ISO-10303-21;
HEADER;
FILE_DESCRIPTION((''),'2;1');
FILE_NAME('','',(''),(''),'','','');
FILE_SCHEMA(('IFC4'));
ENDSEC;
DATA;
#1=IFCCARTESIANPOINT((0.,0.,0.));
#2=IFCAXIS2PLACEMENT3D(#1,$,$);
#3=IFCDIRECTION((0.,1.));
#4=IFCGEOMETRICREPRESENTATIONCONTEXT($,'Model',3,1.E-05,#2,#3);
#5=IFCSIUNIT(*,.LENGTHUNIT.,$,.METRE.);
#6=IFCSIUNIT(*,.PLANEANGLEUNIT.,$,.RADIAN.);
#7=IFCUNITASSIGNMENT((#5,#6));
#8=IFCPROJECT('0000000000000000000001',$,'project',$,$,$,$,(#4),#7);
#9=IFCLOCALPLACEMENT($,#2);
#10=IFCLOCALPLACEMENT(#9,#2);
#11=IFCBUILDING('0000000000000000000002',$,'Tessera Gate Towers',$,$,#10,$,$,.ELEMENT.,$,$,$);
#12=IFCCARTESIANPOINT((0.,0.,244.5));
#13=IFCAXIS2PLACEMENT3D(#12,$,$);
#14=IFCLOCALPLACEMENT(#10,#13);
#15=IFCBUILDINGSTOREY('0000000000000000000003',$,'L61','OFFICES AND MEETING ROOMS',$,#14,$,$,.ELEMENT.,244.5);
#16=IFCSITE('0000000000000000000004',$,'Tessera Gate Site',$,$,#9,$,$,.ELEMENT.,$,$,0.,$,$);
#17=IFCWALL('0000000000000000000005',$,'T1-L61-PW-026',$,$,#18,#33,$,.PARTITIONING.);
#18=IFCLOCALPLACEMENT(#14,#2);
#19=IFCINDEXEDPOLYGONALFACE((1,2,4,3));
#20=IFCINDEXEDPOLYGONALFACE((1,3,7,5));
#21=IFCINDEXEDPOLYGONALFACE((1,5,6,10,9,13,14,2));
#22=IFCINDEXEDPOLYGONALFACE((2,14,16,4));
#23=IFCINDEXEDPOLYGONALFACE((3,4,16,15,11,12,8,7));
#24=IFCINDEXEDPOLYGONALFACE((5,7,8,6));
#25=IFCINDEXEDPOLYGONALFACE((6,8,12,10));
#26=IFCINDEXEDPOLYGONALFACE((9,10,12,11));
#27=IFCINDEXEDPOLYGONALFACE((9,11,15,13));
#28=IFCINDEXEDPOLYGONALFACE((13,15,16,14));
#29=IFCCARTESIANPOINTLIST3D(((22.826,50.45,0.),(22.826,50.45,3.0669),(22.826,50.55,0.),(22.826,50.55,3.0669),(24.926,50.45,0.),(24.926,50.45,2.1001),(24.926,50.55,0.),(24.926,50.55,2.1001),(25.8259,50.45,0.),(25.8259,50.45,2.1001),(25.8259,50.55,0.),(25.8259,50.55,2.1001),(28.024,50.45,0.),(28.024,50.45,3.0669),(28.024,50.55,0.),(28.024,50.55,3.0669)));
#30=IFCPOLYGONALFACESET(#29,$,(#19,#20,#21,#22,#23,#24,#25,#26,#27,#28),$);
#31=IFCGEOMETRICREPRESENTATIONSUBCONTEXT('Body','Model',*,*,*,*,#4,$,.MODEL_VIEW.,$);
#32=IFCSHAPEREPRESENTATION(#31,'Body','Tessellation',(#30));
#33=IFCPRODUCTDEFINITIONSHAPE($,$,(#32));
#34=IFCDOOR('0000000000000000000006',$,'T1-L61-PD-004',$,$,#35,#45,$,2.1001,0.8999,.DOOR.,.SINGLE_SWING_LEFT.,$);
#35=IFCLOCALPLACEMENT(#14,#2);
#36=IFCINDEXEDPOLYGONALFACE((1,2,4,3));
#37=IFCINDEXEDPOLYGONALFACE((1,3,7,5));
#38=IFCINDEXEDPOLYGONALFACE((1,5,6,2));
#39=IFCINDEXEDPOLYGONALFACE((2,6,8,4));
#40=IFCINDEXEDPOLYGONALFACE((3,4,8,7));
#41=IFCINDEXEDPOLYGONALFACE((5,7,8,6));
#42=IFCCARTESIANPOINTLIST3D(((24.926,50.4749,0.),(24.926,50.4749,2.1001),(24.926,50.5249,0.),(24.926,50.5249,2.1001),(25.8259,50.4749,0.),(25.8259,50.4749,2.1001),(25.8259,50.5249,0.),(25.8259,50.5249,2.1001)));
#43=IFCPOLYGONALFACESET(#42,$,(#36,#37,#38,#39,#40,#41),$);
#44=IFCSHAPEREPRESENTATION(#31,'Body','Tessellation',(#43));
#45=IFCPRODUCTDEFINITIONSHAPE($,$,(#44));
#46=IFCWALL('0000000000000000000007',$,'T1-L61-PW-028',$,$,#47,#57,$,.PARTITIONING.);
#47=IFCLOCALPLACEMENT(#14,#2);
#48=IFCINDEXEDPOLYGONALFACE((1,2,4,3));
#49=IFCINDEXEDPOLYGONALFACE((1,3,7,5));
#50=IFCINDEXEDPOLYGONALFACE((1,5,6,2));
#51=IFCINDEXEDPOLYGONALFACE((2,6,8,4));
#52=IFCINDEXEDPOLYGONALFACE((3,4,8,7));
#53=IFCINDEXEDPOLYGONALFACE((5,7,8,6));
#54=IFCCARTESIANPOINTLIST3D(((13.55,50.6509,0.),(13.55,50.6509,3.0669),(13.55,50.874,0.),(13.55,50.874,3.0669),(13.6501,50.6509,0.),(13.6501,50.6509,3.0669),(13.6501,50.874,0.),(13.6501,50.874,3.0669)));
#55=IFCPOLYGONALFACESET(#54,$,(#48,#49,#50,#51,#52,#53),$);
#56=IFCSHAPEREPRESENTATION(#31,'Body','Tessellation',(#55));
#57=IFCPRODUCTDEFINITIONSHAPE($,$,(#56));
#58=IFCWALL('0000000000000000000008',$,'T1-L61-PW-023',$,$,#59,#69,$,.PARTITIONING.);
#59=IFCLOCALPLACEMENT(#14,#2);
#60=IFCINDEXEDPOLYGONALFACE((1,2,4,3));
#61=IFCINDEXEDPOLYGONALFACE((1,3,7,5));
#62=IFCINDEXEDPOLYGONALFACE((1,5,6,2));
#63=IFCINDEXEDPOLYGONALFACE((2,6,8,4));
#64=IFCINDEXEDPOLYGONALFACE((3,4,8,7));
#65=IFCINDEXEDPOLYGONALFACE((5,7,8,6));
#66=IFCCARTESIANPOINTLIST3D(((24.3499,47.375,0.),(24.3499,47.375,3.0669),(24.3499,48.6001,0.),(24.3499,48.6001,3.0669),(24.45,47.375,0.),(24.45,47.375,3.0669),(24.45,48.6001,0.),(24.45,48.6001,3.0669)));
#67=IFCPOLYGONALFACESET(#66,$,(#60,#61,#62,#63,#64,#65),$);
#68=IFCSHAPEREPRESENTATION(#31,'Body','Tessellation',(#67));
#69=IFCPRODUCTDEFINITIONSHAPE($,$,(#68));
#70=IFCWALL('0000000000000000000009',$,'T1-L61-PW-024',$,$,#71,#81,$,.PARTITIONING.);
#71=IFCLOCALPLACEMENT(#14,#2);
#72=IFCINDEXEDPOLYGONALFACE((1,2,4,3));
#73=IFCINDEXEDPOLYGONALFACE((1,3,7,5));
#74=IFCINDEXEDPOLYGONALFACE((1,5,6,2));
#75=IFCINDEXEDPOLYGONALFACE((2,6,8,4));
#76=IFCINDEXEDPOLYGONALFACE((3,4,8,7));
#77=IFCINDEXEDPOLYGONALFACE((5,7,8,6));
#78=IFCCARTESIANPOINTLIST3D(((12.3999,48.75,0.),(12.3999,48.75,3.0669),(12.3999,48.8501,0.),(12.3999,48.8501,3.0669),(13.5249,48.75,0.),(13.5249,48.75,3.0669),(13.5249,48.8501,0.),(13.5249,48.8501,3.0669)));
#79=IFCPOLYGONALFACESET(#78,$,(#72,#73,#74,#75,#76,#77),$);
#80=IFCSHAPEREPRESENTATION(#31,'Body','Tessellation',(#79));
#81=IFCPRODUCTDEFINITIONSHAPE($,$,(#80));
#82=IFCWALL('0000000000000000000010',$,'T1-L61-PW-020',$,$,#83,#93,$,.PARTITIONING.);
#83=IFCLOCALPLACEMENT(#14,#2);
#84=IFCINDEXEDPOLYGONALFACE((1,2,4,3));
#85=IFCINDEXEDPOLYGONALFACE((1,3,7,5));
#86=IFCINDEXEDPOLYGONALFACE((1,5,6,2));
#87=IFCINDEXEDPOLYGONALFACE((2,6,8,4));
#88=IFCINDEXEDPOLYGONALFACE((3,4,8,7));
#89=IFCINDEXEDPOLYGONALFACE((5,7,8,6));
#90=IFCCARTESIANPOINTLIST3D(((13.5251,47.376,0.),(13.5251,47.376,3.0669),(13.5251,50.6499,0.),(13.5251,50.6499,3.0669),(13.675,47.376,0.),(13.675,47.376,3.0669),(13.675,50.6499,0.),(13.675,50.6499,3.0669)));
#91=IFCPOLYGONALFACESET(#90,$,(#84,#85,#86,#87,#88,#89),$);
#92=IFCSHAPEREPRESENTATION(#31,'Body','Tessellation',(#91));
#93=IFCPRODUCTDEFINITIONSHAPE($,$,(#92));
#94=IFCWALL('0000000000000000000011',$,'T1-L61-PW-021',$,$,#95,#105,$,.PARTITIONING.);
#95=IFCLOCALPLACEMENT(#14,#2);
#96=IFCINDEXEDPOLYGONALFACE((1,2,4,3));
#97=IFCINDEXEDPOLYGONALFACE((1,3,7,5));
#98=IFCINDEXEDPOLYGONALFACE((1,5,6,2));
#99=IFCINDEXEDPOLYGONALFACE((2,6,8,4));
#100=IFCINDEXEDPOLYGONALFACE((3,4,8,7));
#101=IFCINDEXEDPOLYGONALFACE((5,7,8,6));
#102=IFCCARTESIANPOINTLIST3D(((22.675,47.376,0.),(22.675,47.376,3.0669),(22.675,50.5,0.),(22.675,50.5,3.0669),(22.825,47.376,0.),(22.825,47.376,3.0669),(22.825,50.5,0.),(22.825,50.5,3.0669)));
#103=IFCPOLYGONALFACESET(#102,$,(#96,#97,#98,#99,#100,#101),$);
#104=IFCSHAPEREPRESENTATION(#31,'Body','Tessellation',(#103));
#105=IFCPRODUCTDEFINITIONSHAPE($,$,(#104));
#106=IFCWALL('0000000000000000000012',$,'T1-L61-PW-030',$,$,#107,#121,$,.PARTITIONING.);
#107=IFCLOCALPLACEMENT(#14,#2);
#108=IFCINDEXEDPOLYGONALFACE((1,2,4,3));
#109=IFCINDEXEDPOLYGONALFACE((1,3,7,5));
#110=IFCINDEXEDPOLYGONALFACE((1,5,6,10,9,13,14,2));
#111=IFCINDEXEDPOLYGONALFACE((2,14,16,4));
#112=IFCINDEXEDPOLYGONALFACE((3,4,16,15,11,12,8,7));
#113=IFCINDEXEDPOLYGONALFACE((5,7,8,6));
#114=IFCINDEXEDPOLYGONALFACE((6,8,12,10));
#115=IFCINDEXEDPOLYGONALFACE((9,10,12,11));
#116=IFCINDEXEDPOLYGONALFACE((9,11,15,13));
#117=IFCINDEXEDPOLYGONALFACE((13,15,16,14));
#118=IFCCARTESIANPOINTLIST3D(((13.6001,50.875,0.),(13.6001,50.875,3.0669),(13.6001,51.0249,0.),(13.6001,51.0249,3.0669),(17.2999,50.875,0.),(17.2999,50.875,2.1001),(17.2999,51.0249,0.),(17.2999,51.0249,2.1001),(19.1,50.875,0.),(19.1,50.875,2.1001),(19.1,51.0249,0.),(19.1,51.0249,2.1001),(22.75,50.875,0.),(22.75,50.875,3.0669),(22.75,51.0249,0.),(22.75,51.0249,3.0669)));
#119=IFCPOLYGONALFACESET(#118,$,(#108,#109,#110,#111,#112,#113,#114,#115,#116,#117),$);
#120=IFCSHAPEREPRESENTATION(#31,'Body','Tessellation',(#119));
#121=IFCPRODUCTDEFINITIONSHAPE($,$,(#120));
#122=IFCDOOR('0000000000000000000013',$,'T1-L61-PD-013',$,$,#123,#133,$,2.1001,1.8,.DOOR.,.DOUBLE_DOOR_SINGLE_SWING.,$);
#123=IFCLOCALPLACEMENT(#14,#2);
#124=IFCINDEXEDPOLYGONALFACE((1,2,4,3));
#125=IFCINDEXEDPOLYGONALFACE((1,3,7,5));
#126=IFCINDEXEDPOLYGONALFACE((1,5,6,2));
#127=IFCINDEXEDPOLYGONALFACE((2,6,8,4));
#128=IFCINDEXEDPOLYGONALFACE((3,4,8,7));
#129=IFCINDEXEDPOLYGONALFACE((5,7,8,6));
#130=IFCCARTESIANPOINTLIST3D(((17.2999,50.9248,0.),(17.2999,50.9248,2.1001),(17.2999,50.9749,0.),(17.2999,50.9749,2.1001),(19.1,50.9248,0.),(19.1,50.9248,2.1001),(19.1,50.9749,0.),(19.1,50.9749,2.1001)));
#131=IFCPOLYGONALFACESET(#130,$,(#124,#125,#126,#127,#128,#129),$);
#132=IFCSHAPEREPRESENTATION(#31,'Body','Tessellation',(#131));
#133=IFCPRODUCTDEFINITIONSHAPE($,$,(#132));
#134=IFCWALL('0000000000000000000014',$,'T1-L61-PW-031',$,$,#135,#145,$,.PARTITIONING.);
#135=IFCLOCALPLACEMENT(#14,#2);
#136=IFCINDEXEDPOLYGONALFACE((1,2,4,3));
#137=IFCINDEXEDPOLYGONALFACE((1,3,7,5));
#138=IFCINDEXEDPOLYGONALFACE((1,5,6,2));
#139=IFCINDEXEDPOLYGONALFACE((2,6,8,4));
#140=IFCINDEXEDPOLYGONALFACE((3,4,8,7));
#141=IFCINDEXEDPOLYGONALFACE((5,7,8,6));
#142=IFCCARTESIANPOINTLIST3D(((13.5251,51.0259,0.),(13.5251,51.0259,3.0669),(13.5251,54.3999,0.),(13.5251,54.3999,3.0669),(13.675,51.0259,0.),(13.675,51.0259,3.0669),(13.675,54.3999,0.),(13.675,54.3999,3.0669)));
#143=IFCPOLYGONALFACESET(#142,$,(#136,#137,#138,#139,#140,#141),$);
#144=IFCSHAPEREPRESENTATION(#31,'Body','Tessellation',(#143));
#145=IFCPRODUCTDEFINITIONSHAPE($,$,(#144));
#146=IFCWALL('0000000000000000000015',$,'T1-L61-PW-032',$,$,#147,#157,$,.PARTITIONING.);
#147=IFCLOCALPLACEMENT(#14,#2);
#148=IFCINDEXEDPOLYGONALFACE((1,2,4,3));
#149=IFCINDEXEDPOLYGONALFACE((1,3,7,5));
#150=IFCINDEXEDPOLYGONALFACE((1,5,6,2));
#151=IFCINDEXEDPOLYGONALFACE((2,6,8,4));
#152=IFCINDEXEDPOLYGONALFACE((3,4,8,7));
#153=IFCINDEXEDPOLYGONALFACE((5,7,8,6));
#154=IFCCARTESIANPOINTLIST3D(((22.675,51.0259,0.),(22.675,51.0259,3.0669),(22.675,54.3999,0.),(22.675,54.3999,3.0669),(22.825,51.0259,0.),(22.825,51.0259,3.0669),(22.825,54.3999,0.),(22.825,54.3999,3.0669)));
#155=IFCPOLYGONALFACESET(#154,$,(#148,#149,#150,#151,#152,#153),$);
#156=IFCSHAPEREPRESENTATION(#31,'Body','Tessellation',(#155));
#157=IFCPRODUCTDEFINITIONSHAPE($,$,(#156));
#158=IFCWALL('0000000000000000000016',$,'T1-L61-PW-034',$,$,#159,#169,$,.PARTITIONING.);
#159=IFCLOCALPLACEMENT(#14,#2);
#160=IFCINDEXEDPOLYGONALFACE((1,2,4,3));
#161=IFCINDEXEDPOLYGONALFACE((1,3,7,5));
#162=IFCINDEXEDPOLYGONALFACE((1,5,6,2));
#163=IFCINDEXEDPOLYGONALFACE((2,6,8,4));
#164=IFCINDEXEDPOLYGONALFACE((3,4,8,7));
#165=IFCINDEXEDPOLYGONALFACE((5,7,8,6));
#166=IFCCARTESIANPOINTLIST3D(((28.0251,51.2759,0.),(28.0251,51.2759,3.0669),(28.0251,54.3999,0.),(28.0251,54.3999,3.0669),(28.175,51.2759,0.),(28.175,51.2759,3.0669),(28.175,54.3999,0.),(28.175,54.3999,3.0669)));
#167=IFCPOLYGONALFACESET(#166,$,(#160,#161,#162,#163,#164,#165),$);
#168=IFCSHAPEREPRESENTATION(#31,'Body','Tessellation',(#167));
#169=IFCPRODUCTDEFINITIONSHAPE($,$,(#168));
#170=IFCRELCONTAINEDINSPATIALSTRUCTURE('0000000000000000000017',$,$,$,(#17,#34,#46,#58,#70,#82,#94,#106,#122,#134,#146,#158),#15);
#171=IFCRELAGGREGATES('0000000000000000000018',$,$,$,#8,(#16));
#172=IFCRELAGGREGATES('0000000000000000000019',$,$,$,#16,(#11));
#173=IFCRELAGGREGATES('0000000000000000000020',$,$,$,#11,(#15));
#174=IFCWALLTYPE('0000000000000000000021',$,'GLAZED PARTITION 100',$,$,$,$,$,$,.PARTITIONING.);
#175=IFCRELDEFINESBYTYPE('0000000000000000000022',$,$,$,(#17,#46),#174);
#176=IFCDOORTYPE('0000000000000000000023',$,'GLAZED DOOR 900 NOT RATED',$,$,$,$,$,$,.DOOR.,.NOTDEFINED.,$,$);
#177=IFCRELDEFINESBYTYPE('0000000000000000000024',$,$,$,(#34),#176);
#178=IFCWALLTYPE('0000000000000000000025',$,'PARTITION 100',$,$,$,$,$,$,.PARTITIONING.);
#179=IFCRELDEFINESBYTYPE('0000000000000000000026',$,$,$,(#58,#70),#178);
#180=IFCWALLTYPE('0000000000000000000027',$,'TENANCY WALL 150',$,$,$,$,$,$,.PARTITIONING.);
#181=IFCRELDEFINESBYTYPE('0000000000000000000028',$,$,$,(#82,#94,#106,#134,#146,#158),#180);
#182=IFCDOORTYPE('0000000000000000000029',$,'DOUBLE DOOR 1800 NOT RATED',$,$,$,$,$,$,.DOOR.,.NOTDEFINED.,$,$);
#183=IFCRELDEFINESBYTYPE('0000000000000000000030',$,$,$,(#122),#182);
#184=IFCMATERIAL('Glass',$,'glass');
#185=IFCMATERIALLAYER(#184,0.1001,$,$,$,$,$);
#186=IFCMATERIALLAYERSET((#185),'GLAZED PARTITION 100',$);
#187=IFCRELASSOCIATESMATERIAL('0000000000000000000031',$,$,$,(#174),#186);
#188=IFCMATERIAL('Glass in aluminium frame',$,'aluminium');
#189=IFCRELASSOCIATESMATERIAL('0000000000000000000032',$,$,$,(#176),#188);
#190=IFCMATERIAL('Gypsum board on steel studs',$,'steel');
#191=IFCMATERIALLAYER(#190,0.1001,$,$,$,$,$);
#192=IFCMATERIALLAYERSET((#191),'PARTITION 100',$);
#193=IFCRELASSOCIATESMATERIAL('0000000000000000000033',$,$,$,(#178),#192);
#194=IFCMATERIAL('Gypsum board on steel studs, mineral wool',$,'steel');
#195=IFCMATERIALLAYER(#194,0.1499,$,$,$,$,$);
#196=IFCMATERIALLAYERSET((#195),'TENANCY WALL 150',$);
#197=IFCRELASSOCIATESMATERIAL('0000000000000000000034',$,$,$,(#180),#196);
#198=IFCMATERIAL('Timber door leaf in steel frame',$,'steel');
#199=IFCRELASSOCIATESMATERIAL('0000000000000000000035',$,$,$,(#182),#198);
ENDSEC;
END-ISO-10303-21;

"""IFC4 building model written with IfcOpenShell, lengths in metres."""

from ifc_helpers import new_model, si_unit, direction, frame, frame_2d, origin, place, context, subcontext, project, spatial, rectangle, extrude, source, transform, mapped, material, layer, layer_set, type_object, element, fill, save


model = new_model("IFC4")

# Units and contexts
model_context = context("Model", 3, precision=1e-05, world=origin(), true_north=direction((0.0, 1.0)))
body_context = subcontext(model_context, "Body", "Model", "MODEL_VIEW")
ifc_project = project(units=[si_unit("LENGTHUNIT", "METRE"), si_unit("PLANEANGLEUNIT", "RADIAN")], contexts=[model_context])

# Site, building, storey
site_placement = place(None, origin())
site = spatial("IfcSite", under=ifc_project, at=site_placement, Name="Tessera Gate Site", CompositionType="ELEMENT", RefElevation=0.0)
building_placement = place(site_placement, origin())
building = spatial("IfcBuilding", under=site, at=building_placement, Name="Tessera Gate Towers", CompositionType="ELEMENT")
storey_placement = place(building_placement, frame((0.0, 0.0, 244.5)))
storey = spatial("IfcBuildingStorey", under=building, at=storey_placement, Name="L61", Description="OFFICES AND MEETING ROOMS", CompositionType="ELEMENT", Elevation=244.5)

# Shared definitions
shared_shape_1 = source(origin(), body_context, "Body", "SweptSolid", [
    extrude(rectangle(XDim=0.8999, YDim=2.1001, at=frame_2d((0.45, 1.05))), frame((0.0, 0.0249, 0.0), z_axis=(0.0, -1.0, 0.0), x_axis=(1.0, 0.0, 0.0)), (0.0, 0.0, 1.0), 0.05),
])

# Shared definitions
ifc_material_1 = material(Name="Glass", Category="glass")
ifc_layer_1 = layer(ifc_material_1, 0.1001)
ifc_layer_set_1 = layer_set([ifc_layer_1], Name="GLAZED PARTITION 100")
wall_type_1 = type_object("IfcWallType", Name="GLAZED PARTITION 100", PredefinedType="PARTITIONING", material=ifc_layer_set_1)

# Wall, opening, door
wall_1_placement = place(storey_placement, frame((22.8259, 50.5, 0.0), z_axis=(0.0, 0.0, 1.0), x_axis=(1.0, 0.0, 0.0)))
wall_1 = element("IfcWall", 1, at=wall_1_placement, inside=storey, type_object=wall_type_1, Name="T1-L61-PW-026", PredefinedType="PARTITIONING", context=body_context, shape_type="SweptSolid", body=[
    extrude(rectangle(XDim=5.198, YDim=0.1001, at=frame_2d((2.5991, 0.0))), origin(), (0.0, 0.0, 1.0), 3.0669),
])
shared_shape_2 = source(origin(), body_context, "Body", "SweptSolid", [
    extrude(rectangle(XDim=0.8999, YDim=2.1001, at=frame_2d((0.45, 1.05))), frame((0.0, 0.0601, 0.0), z_axis=(0.0, -1.0, 0.0), x_axis=(1.0, 0.0, 0.0)), (0.0, 0.0, 1.0), 0.1201),
])
opening_1_placement = place(wall_1_placement, frame((2.1001, 0.0, 0.0)))
opening_1 = element("IfcOpeningElement", 2, at=opening_1_placement, cuts=wall_1, PredefinedType="OPENING", context=body_context, shape_type="MappedRepresentation", body=[
    mapped(shared_shape_2, transform((0.0, 0.0, 0.0), scale=1.0)),
])
ifc_material_2 = material(Name="Glass in aluminium frame", Category="aluminium")
door_type_1 = type_object("IfcDoorType", Name="GLAZED DOOR 900 NOT RATED", OperationType="NOTDEFINED", PredefinedType="DOOR", material=ifc_material_2)
door_1_placement = place(opening_1_placement, origin())
door_1 = element("IfcDoor", 3, at=door_1_placement, inside=storey, type_object=door_type_1, Name="T1-L61-PD-004", OperationType="SINGLE_SWING_LEFT", OverallHeight=2.1001, OverallWidth=0.8999, PredefinedType="DOOR", context=body_context, shape_type="MappedRepresentation", body=[
    mapped(shared_shape_1, transform((0.0, 0.0, 0.0), scale=1.0)),
])
fill(opening_1, door_1)

# Walls
wall_2_placement = place(storey_placement, frame((13.6001, 50.6509, 0.0), z_axis=(0.0, 0.0, 1.0), x_axis=(0.0, 1.0, 0.0)))
element("IfcWall", 4, at=wall_2_placement, inside=storey, type_object=wall_type_1, Name="T1-L61-PW-028", PredefinedType="PARTITIONING", context=body_context, shape_type="SweptSolid", body=[
    extrude(rectangle(XDim=0.2231, YDim=0.1001, at=frame_2d((0.1116, 0.0))), origin(), (0.0, 0.0, 1.0), 3.0669),
])
ifc_material_3 = material(Name="Gypsum board on steel studs", Category="steel")
ifc_layer_2 = layer(ifc_material_3, 0.1001)
ifc_layer_set_2 = layer_set([ifc_layer_2], Name="PARTITION 100")
wall_type_2 = type_object("IfcWallType", Name="PARTITION 100", PredefinedType="PARTITIONING", material=ifc_layer_set_2)
wall_3_placement = place(storey_placement, frame((24.3999, 48.6001, 0.0), z_axis=(0.0, 0.0, 1.0), x_axis=(0.0, -1.0, 0.0)))
element("IfcWall", 5, at=wall_3_placement, inside=storey, type_object=wall_type_2, Name="T1-L61-PW-023", PredefinedType="PARTITIONING", context=body_context, shape_type="SweptSolid", body=[
    extrude(rectangle(XDim=1.2251, YDim=0.1001, at=frame_2d((0.6125, 0.0))), origin(), (0.0, 0.0, 1.0), 3.0669),
])
wall_4_placement = place(storey_placement, frame((12.3999, 48.8, 0.0), z_axis=(0.0, 0.0, 1.0), x_axis=(1.0, 0.0, 0.0)))
element("IfcWall", 6, at=wall_4_placement, inside=storey, type_object=wall_type_2, Name="T1-L61-PW-024", PredefinedType="PARTITIONING", context=body_context, shape_type="SweptSolid", body=[
    extrude(rectangle(XDim=1.125, YDim=0.1001, at=frame_2d((0.5625, 0.0))), origin(), (0.0, 0.0, 1.0), 3.0669),
])
ifc_material_4 = material(Name="Gypsum board on steel studs, mineral wool", Category="steel")
ifc_layer_3 = layer(ifc_material_4, 0.1499)
ifc_layer_set_3 = layer_set([ifc_layer_3], Name="TENANCY WALL 150")
wall_type_3 = type_object("IfcWallType", Name="TENANCY WALL 150", PredefinedType="PARTITIONING", material=ifc_layer_set_3)
wall_5_placement = place(storey_placement, frame((13.6001, 47.376, 0.0), z_axis=(0.0, 0.0, 1.0), x_axis=(0.0, 1.0, 0.0)))
element("IfcWall", 7, at=wall_5_placement, inside=storey, type_object=wall_type_3, Name="T1-L61-PW-020", PredefinedType="PARTITIONING", context=body_context, shape_type="SweptSolid", body=[
    extrude(rectangle(XDim=3.2739, YDim=0.1499, at=frame_2d((1.637, 0.0))), origin(), (0.0, 0.0, 1.0), 3.0669),
])
wall_6_placement = place(storey_placement, frame((22.75, 47.376, 0.0), z_axis=(0.0, 0.0, 1.0), x_axis=(0.0, 1.0, 0.0)))
element("IfcWall", 8, at=wall_6_placement, inside=storey, type_object=wall_type_3, Name="T1-L61-PW-021", PredefinedType="PARTITIONING", context=body_context, shape_type="SweptSolid", body=[
    extrude(rectangle(XDim=3.124, YDim=0.1499, at=frame_2d((1.562, 0.0))), origin(), (0.0, 0.0, 1.0), 3.0669),
])

# Wall, opening, door
wall_7_placement = place(storey_placement, frame((13.6001, 50.95, 0.0), z_axis=(0.0, 0.0, 1.0), x_axis=(1.0, 0.0, 0.0)))
wall_7 = element("IfcWall", 9, at=wall_7_placement, inside=storey, type_object=wall_type_3, Name="T1-L61-PW-030", PredefinedType="PARTITIONING", context=body_context, shape_type="SweptSolid", body=[
    extrude(rectangle(XDim=9.1499, YDim=0.1499, at=frame_2d((4.575, 0.0))), origin(), (0.0, 0.0, 1.0), 3.0669),
])
shared_shape_3 = source(origin(), body_context, "Body", "SweptSolid", [
    extrude(rectangle(XDim=1.8, YDim=2.1001, at=frame_2d((0.8999, 1.05))), frame((0.0, 0.085, 0.0), z_axis=(0.0, -1.0, 0.0), x_axis=(1.0, 0.0, 0.0)), (0.0, 0.0, 1.0), 0.1699),
])
opening_2_placement = place(wall_7_placement, frame((3.7, 0.0, 0.0)))
opening_2 = element("IfcOpeningElement", 10, at=opening_2_placement, cuts=wall_7, PredefinedType="OPENING", context=body_context, shape_type="MappedRepresentation", body=[
    mapped(shared_shape_3, transform((0.0, 0.0, 0.0), scale=1.0)),
])
ifc_material_5 = material(Name="Timber door leaf in steel frame", Category="steel")
door_type_2 = type_object("IfcDoorType", Name="DOUBLE DOOR 1800 NOT RATED", OperationType="NOTDEFINED", PredefinedType="DOOR", material=ifc_material_5)
shared_shape_4 = source(origin(), body_context, "Body", "SweptSolid", [
    extrude(rectangle(XDim=1.8, YDim=2.1001, at=frame_2d((0.8999, 1.05))), frame((0.0, 0.0249, 0.0), z_axis=(0.0, -1.0, 0.0), x_axis=(1.0, 0.0, 0.0)), (0.0, 0.0, 1.0), 0.05),
])
door_2_placement = place(opening_2_placement, origin())
door_2 = element("IfcDoor", 11, at=door_2_placement, inside=storey, type_object=door_type_2, Name="T1-L61-PD-013", OperationType="DOUBLE_DOOR_SINGLE_SWING", OverallHeight=2.1001, OverallWidth=1.8, PredefinedType="DOOR", context=body_context, shape_type="MappedRepresentation", body=[
    mapped(shared_shape_4, transform((0.0, 0.0, 0.0), scale=1.0)),
])
fill(opening_2, door_2)

# Walls
for number, where, z_axis, x_axis, name in (
    (12, (13.6001, 51.0259, 0.0), (0.0, 0.0, 1.0), (0.0, 1.0, 0.0), "T1-L61-PW-031"),
    (13, (22.75, 51.0259, 0.0), (0.0, 0.0, 1.0), (0.0, 1.0, 0.0), "T1-L61-PW-032"),
):
    element("IfcWall", number, at=place(storey_placement, frame(where, z_axis=z_axis, x_axis=x_axis)), inside=storey, type_object=wall_type_3, Name=name, PredefinedType="PARTITIONING", context=body_context, shape_type="SweptSolid", body=[
        extrude(rectangle(XDim=3.374, YDim=0.1499, at=frame_2d((1.687, 0.0))), origin(), (0.0, 0.0, 1.0), 3.0669),
    ])
wall_8_placement = place(storey_placement, frame((28.1001, 51.2759, 0.0), z_axis=(0.0, 0.0, 1.0), x_axis=(0.0, 1.0, 0.0)))
element("IfcWall", 14, at=wall_8_placement, inside=storey, type_object=wall_type_3, Name="T1-L61-PW-034", PredefinedType="PARTITIONING", context=body_context, shape_type="SweptSolid", body=[
    extrude(rectangle(XDim=3.124, YDim=0.1499, at=frame_2d((1.562, 0.0))), origin(), (0.0, 0.0, 1.0), 3.0669),
])

save(model, "model.ifc")
